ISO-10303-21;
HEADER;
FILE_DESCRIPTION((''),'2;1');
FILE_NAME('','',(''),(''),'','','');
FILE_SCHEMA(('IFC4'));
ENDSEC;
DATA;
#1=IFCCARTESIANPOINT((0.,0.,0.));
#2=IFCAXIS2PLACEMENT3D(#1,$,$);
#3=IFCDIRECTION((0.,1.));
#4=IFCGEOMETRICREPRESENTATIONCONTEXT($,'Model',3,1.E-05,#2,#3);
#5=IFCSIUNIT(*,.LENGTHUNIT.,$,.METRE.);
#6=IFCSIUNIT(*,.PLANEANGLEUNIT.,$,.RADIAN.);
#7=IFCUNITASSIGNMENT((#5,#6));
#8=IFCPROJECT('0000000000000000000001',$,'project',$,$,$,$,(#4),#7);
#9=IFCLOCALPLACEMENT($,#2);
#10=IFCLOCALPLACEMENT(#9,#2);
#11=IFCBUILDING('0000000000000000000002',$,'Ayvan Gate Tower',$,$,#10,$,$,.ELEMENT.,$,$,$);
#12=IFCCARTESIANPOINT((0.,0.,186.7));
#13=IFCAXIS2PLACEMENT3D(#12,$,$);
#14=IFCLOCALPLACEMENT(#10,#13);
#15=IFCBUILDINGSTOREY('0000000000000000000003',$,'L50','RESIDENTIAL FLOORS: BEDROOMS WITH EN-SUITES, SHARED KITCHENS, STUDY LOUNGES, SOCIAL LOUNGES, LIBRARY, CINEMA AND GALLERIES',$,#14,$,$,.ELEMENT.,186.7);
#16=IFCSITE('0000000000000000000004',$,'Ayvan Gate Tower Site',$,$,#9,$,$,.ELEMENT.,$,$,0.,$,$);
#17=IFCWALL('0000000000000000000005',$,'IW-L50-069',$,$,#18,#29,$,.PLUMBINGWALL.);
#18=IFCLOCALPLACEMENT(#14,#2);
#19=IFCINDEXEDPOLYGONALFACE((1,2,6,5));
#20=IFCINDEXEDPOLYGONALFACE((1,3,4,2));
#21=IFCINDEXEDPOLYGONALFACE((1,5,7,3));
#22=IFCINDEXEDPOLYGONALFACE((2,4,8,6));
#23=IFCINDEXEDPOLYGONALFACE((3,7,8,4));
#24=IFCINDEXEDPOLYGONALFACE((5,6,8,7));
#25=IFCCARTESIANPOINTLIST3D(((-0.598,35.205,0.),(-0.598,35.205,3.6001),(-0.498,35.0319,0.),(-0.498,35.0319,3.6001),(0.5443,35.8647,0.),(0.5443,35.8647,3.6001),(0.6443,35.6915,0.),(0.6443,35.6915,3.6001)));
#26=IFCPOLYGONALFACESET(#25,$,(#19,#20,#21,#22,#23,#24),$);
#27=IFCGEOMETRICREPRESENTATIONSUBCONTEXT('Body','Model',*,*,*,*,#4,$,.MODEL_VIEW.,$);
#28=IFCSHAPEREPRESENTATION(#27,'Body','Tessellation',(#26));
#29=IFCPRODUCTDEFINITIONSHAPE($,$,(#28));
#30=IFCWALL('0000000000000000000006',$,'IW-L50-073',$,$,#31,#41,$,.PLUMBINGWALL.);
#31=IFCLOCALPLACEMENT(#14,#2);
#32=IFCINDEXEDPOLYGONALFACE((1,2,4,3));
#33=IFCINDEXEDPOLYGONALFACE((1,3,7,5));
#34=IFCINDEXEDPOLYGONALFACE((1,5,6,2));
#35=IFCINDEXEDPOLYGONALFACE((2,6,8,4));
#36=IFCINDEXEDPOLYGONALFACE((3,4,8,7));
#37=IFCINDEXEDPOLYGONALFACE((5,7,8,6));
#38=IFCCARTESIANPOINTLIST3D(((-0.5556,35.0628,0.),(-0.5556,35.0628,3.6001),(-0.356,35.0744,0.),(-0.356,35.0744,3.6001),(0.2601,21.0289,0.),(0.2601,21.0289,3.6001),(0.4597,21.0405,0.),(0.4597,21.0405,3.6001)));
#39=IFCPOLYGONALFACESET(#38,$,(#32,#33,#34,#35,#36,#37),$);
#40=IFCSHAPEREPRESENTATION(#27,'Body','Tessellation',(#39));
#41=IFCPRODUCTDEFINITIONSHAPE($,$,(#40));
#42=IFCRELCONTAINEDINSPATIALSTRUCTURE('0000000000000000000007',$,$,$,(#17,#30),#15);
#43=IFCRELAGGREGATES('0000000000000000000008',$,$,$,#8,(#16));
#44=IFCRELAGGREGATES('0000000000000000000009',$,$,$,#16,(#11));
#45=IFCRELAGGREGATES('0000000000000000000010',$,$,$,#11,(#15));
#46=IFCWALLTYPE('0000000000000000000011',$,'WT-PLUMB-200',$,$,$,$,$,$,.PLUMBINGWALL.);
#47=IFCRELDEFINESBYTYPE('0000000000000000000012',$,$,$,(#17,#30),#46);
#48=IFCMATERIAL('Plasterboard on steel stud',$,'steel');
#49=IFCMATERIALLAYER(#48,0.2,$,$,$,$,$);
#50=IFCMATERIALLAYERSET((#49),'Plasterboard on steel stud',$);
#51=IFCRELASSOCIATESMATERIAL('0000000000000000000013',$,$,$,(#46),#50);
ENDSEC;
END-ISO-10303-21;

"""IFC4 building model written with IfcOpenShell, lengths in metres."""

from ifc_helpers import new_model, si_unit, direction, frame, frame_2d, origin, place, context, subcontext, project, spatial, rectangle, extrude, material, layer, layer_set, type_object, element, save


model = new_model("IFC4")

# Units and contexts
model_context = context("Model", 3, precision=1e-05, world=origin(), true_north=direction((0.0, 1.0)))
body_context = subcontext(model_context, "Body", "Model", "MODEL_VIEW")
ifc_project = project(units=[si_unit("LENGTHUNIT", "METRE"), si_unit("PLANEANGLEUNIT", "RADIAN")], contexts=[model_context])

# Site, building, storey
site_placement = place(None, origin())
site = spatial("IfcSite", under=ifc_project, at=site_placement, Name="Ayvan Gate Tower Site", CompositionType="ELEMENT", RefElevation=0.0)
building_placement = place(site_placement, origin())
building = spatial("IfcBuilding", under=site, at=building_placement, Name="Ayvan Gate Tower", CompositionType="ELEMENT")
storey_placement = place(building_placement, frame((0.0, 0.0, 186.7)))
storey = spatial("IfcBuildingStorey", under=building, at=storey_placement, Name="L50", Description="RESIDENTIAL FLOORS: BEDROOMS WITH EN-SUITES, SHARED KITCHENS, STUDY LOUNGES, SOCIAL LOUNGES, LIBRARY, CINEMA AND GALLERIES", CompositionType="ELEMENT", Elevation=186.7)

# Shared definitions
ifc_material_1 = material(Name="Plasterboard on steel stud", Category="steel")

# Walls
ifc_layer_1 = layer(ifc_material_1, 0.2)
ifc_layer_set_1 = layer_set([ifc_layer_1], Name="Plasterboard on steel stud")
wall_type_1 = type_object("IfcWallType", Name="WT-PLUMB-200", PredefinedType="PLUMBINGWALL", material=ifc_layer_set_1)
wall_1_placement = place(storey_placement, frame((-0.5481, 35.1184, 0.0), z_axis=(0.0, 0.0, 1.0), x_axis=(0.865979, 0.50008, 0.0)))
element("IfcWall", 1, at=wall_1_placement, inside=storey, type_object=wall_type_1, Name="IW-L50-069", PredefinedType="PLUMBINGWALL", context=body_context, shape_type="SweptSolid", body=[
    extrude(rectangle(XDim=1.3191, YDim=0.2, at=frame_2d((0.6597, 0.0))), origin(), (0.0, 0.0, 1.0), 3.6001),
])
wall_2_placement = place(storey_placement, frame((-0.4558, 35.0686, 0.0), z_axis=(0.0, 0.0, 1.0), x_axis=(0.058024, -0.998315, 0.0)))
element("IfcWall", 2, at=wall_2_placement, inside=storey, type_object=wall_type_1, Name="IW-L50-073", PredefinedType="PLUMBINGWALL", context=body_context, shape_type="SweptSolid", body=[
    extrude(rectangle(XDim=14.0576, YDim=0.2, at=frame_2d((7.0288, 0.0))), origin(), (0.0, 0.0, 1.0), 3.6001),
])

save(model, "model.ifc")
